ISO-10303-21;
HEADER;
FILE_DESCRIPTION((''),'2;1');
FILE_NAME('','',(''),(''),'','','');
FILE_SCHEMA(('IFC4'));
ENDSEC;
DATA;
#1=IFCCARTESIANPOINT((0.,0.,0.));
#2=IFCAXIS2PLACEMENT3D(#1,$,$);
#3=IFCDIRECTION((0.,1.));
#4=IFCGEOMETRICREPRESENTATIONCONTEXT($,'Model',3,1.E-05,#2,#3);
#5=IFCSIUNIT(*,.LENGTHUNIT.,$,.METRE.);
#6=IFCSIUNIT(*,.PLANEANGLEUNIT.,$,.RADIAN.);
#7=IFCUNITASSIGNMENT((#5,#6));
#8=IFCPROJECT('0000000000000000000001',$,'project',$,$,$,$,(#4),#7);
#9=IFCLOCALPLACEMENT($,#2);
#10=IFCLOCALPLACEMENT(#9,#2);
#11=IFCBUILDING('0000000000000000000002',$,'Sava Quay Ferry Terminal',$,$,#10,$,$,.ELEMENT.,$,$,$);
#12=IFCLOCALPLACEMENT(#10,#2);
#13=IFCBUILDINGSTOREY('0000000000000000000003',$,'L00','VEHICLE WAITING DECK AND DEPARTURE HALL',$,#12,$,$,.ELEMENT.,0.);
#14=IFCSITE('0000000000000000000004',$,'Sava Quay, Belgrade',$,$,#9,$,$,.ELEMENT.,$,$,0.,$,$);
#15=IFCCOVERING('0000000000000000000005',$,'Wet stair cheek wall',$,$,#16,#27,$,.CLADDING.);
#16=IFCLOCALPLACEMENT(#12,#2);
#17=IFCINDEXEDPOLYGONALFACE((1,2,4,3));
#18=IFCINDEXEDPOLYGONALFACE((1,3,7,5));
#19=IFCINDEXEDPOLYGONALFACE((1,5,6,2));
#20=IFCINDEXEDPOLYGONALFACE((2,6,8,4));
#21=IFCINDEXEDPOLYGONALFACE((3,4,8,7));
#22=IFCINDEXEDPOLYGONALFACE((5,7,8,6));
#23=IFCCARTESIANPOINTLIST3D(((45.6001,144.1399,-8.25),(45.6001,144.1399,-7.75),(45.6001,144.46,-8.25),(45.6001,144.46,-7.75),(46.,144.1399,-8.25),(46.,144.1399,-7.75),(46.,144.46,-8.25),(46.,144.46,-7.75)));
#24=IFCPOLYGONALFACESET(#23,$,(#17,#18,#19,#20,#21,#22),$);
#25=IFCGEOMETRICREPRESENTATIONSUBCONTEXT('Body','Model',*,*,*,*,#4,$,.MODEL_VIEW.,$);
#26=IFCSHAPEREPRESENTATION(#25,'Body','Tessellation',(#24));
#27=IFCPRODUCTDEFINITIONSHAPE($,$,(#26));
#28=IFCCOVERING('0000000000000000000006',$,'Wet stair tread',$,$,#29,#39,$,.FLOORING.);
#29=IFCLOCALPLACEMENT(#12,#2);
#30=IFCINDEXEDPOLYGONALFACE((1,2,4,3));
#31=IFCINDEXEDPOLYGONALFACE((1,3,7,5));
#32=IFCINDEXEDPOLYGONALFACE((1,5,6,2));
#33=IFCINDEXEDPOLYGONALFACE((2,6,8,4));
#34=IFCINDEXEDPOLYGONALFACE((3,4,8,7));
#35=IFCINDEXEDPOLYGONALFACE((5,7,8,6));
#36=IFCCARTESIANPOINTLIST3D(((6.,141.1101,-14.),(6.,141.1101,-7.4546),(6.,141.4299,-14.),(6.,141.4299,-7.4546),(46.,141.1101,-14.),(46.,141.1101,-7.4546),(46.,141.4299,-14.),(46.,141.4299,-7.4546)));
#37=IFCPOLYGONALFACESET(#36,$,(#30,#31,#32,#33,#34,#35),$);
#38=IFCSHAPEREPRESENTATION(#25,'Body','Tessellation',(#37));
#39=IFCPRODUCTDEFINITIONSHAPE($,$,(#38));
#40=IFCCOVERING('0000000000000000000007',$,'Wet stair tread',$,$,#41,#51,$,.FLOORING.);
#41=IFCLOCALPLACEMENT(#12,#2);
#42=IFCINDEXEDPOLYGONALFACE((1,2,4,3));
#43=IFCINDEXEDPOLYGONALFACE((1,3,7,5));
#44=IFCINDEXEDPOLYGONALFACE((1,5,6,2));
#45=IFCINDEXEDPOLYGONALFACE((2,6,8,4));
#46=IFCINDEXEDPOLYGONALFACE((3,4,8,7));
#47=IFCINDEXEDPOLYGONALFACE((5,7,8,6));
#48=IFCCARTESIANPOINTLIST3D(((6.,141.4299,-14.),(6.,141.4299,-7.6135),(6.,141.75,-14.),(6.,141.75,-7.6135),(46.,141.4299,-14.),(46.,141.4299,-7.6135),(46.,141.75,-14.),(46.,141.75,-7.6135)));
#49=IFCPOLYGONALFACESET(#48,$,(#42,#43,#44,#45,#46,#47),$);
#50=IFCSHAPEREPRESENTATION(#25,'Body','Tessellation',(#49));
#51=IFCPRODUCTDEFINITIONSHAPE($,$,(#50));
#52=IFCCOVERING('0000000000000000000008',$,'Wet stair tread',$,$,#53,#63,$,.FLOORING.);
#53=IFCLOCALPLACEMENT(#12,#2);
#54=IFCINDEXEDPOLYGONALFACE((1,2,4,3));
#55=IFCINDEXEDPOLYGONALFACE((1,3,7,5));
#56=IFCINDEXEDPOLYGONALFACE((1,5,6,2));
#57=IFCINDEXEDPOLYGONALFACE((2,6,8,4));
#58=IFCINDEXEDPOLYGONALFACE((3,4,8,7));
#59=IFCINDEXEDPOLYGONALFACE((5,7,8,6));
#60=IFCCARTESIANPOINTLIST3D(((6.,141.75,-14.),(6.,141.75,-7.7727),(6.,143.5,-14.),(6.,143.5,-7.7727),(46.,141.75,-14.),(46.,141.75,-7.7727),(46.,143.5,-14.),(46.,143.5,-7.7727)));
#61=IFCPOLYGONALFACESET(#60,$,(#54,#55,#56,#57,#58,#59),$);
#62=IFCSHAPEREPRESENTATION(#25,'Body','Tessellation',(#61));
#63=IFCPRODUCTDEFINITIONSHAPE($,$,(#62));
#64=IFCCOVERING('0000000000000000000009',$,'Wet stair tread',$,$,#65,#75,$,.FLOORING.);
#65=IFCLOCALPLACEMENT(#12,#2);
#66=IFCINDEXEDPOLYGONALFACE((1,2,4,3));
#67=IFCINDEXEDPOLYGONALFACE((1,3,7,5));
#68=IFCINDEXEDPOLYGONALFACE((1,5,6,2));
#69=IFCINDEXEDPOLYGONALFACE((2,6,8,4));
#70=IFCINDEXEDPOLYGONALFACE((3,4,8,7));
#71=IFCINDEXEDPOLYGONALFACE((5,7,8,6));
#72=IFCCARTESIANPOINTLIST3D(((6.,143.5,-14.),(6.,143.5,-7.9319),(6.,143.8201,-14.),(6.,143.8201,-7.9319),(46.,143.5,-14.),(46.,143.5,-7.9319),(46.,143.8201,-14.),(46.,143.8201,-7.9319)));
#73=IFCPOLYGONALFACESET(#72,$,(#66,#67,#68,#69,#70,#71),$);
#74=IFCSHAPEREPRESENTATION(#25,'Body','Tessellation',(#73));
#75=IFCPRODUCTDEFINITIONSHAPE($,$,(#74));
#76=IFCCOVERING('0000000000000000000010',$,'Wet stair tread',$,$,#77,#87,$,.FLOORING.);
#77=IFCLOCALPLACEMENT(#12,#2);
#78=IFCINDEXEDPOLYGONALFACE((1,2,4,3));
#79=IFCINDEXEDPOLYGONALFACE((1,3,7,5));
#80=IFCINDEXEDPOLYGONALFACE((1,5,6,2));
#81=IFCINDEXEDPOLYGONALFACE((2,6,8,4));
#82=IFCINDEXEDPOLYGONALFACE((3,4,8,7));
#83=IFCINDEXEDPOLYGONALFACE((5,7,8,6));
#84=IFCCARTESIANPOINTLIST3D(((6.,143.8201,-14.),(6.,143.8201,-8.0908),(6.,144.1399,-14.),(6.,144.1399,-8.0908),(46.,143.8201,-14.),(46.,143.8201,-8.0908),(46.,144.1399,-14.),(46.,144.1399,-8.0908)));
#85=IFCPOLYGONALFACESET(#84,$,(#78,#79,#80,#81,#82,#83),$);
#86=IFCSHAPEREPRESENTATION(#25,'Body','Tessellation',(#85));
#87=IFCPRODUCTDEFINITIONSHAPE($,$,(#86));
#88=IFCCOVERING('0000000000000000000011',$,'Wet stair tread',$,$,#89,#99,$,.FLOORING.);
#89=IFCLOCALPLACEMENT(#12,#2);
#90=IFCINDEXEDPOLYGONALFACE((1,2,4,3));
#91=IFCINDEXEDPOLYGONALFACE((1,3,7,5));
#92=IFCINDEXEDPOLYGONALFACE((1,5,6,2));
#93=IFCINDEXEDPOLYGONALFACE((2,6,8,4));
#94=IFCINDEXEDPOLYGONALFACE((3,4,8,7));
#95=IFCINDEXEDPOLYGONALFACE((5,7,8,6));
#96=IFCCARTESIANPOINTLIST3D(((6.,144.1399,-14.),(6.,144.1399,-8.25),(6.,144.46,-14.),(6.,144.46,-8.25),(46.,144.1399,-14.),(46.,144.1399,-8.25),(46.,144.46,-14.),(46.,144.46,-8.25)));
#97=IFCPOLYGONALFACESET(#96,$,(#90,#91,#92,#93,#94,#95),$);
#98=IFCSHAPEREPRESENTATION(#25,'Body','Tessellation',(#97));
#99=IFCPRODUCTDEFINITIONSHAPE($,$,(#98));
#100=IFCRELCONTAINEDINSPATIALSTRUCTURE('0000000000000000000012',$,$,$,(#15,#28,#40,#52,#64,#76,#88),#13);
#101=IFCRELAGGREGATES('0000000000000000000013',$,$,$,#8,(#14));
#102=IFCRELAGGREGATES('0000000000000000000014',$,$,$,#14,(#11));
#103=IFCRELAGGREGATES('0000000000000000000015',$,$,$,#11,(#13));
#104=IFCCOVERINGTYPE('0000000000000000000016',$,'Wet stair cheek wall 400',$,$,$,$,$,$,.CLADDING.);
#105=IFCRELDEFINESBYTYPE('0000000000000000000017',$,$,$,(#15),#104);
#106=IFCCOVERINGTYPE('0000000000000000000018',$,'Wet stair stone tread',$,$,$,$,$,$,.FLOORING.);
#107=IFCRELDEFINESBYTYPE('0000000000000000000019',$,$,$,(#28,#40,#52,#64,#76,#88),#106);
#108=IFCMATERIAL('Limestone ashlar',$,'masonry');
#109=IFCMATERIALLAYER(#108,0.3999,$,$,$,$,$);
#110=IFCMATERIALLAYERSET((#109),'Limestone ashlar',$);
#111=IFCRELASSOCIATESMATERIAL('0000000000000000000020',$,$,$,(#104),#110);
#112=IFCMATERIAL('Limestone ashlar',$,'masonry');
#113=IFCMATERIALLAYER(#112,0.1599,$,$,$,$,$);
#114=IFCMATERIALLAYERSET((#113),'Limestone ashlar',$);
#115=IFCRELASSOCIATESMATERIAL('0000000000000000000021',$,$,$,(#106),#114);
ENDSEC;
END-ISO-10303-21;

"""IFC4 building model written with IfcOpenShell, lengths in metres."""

from ifc_helpers import new_model, si_unit, direction, frame, origin, place, context, subcontext, project, spatial, polyline, outline, extrude, material, layer, layer_set, type_object, element, save


model = new_model("IFC4")

# Units and contexts
model_context = context("Model", 3, precision=1e-05, world=origin(), true_north=direction((0.0, 1.0)))
body_context = subcontext(model_context, "Body", "Model", "MODEL_VIEW")
ifc_project = project(units=[si_unit("LENGTHUNIT", "METRE"), si_unit("PLANEANGLEUNIT", "RADIAN")], contexts=[model_context])

# Site, building, storey
site_placement = place(None, origin())
site = spatial("IfcSite", under=ifc_project, at=site_placement, Name="Sava Quay, Belgrade", CompositionType="ELEMENT", RefElevation=0.0)
building_placement = place(site_placement, origin())
building = spatial("IfcBuilding", under=site, at=building_placement, Name="Sava Quay Ferry Terminal", CompositionType="ELEMENT")
storey_placement = place(building_placement, origin())
storey = spatial("IfcBuildingStorey", under=building, at=storey_placement, Name="L00", Description="VEHICLE WAITING DECK AND DEPARTURE HALL", CompositionType="ELEMENT", Elevation=0.0)

# Coverings
ifc_material_1 = material(Name="Limestone ashlar", Category="masonry")
ifc_layer_1 = layer(ifc_material_1, 0.3999)
ifc_layer_set_1 = layer_set([ifc_layer_1], Name="Limestone ashlar")
covering_type_1 = type_object("IfcCoveringType", Name="Wet stair cheek wall 400", PredefinedType="CLADDING", material=ifc_layer_set_1)
covering_1_placement = place(storey_placement, frame((0.0, 0.0, -8.25)))
element("IfcCovering", 1, at=covering_1_placement, inside=storey, type_object=covering_type_1, Name="Wet stair cheek wall", PredefinedType="CLADDING", context=body_context, shape_type="SweptSolid", body=[
    extrude(outline(polyline([(45.6001, 144.1399), (46.0, 144.1399), (46.0, 144.46), (45.6001, 144.46), (45.6001, 144.1399)])), origin(), (0.0, 0.0, 1.0), 0.5),
])
ifc_material_2 = material(Name="Limestone ashlar", Category="masonry")
ifc_layer_2 = layer(ifc_material_2, 0.1599)
ifc_layer_set_2 = layer_set([ifc_layer_2], Name="Limestone ashlar")
covering_type_2 = type_object("IfcCoveringType", Name="Wet stair stone tread", PredefinedType="FLOORING", material=ifc_layer_set_2)
covering_2_placement = place(storey_placement, frame((0.0, 0.0, -14.0)))
element("IfcCovering", 2, at=covering_2_placement, inside=storey, type_object=covering_type_2, Name="Wet stair tread", PredefinedType="FLOORING", context=body_context, shape_type="SweptSolid", body=[
    extrude(outline(polyline([(6.0, 141.1101), (46.0, 141.1101), (46.0, 141.4299), (6.0, 141.4299), (6.0, 141.1101)])), origin(), (0.0, 0.0, 1.0), 6.5454),
])
covering_3_placement = place(storey_placement, frame((0.0, 0.0, -14.0)))
element("IfcCovering", 3, at=covering_3_placement, inside=storey, type_object=covering_type_2, Name="Wet stair tread", PredefinedType="FLOORING", context=body_context, shape_type="SweptSolid", body=[
    extrude(outline(polyline([(6.0, 141.4299), (46.0, 141.4299), (46.0, 141.75), (6.0, 141.75), (6.0, 141.4299)])), origin(), (0.0, 0.0, 1.0), 6.3865),
])
covering_4_placement = place(storey_placement, frame((0.0, 0.0, -14.0)))
element("IfcCovering", 4, at=covering_4_placement, inside=storey, type_object=covering_type_2, Name="Wet stair tread", PredefinedType="FLOORING", context=body_context, shape_type="SweptSolid", body=[
    extrude(outline(polyline([(6.0, 141.75), (46.0, 141.75), (46.0, 143.5), (6.0, 143.5), (6.0, 141.75)])), origin(), (0.0, 0.0, 1.0), 6.2273),
])
covering_5_placement = place(storey_placement, frame((0.0, 0.0, -14.0)))
element("IfcCovering", 5, at=covering_5_placement, inside=storey, type_object=covering_type_2, Name="Wet stair tread", PredefinedType="FLOORING", context=body_context, shape_type="SweptSolid", body=[
    extrude(outline(polyline([(6.0, 143.5), (46.0, 143.5), (46.0, 143.8201), (6.0, 143.8201), (6.0, 143.5)])), origin(), (0.0, 0.0, 1.0), 6.0681),
])
covering_6_placement = place(storey_placement, frame((0.0, 0.0, -14.0)))
element("IfcCovering", 6, at=covering_6_placement, inside=storey, type_object=covering_type_2, Name="Wet stair tread", PredefinedType="FLOORING", context=body_context, shape_type="SweptSolid", body=[
    extrude(outline(polyline([(6.0, 143.8201), (46.0, 143.8201), (46.0, 144.1399), (6.0, 144.1399), (6.0, 143.8201)])), origin(), (0.0, 0.0, 1.0), 5.9092),
])
covering_7_placement = place(storey_placement, frame((0.0, 0.0, -14.0)))
element("IfcCovering", 7, at=covering_7_placement, inside=storey, type_object=covering_type_2, Name="Wet stair tread", PredefinedType="FLOORING", context=body_context, shape_type="SweptSolid", body=[
    extrude(outline(polyline([(6.0, 144.1399), (46.0, 144.1399), (46.0, 144.46), (6.0, 144.46), (6.0, 144.1399)])), origin(), (0.0, 0.0, 1.0), 5.75),
])

save(model, "model.ifc")
